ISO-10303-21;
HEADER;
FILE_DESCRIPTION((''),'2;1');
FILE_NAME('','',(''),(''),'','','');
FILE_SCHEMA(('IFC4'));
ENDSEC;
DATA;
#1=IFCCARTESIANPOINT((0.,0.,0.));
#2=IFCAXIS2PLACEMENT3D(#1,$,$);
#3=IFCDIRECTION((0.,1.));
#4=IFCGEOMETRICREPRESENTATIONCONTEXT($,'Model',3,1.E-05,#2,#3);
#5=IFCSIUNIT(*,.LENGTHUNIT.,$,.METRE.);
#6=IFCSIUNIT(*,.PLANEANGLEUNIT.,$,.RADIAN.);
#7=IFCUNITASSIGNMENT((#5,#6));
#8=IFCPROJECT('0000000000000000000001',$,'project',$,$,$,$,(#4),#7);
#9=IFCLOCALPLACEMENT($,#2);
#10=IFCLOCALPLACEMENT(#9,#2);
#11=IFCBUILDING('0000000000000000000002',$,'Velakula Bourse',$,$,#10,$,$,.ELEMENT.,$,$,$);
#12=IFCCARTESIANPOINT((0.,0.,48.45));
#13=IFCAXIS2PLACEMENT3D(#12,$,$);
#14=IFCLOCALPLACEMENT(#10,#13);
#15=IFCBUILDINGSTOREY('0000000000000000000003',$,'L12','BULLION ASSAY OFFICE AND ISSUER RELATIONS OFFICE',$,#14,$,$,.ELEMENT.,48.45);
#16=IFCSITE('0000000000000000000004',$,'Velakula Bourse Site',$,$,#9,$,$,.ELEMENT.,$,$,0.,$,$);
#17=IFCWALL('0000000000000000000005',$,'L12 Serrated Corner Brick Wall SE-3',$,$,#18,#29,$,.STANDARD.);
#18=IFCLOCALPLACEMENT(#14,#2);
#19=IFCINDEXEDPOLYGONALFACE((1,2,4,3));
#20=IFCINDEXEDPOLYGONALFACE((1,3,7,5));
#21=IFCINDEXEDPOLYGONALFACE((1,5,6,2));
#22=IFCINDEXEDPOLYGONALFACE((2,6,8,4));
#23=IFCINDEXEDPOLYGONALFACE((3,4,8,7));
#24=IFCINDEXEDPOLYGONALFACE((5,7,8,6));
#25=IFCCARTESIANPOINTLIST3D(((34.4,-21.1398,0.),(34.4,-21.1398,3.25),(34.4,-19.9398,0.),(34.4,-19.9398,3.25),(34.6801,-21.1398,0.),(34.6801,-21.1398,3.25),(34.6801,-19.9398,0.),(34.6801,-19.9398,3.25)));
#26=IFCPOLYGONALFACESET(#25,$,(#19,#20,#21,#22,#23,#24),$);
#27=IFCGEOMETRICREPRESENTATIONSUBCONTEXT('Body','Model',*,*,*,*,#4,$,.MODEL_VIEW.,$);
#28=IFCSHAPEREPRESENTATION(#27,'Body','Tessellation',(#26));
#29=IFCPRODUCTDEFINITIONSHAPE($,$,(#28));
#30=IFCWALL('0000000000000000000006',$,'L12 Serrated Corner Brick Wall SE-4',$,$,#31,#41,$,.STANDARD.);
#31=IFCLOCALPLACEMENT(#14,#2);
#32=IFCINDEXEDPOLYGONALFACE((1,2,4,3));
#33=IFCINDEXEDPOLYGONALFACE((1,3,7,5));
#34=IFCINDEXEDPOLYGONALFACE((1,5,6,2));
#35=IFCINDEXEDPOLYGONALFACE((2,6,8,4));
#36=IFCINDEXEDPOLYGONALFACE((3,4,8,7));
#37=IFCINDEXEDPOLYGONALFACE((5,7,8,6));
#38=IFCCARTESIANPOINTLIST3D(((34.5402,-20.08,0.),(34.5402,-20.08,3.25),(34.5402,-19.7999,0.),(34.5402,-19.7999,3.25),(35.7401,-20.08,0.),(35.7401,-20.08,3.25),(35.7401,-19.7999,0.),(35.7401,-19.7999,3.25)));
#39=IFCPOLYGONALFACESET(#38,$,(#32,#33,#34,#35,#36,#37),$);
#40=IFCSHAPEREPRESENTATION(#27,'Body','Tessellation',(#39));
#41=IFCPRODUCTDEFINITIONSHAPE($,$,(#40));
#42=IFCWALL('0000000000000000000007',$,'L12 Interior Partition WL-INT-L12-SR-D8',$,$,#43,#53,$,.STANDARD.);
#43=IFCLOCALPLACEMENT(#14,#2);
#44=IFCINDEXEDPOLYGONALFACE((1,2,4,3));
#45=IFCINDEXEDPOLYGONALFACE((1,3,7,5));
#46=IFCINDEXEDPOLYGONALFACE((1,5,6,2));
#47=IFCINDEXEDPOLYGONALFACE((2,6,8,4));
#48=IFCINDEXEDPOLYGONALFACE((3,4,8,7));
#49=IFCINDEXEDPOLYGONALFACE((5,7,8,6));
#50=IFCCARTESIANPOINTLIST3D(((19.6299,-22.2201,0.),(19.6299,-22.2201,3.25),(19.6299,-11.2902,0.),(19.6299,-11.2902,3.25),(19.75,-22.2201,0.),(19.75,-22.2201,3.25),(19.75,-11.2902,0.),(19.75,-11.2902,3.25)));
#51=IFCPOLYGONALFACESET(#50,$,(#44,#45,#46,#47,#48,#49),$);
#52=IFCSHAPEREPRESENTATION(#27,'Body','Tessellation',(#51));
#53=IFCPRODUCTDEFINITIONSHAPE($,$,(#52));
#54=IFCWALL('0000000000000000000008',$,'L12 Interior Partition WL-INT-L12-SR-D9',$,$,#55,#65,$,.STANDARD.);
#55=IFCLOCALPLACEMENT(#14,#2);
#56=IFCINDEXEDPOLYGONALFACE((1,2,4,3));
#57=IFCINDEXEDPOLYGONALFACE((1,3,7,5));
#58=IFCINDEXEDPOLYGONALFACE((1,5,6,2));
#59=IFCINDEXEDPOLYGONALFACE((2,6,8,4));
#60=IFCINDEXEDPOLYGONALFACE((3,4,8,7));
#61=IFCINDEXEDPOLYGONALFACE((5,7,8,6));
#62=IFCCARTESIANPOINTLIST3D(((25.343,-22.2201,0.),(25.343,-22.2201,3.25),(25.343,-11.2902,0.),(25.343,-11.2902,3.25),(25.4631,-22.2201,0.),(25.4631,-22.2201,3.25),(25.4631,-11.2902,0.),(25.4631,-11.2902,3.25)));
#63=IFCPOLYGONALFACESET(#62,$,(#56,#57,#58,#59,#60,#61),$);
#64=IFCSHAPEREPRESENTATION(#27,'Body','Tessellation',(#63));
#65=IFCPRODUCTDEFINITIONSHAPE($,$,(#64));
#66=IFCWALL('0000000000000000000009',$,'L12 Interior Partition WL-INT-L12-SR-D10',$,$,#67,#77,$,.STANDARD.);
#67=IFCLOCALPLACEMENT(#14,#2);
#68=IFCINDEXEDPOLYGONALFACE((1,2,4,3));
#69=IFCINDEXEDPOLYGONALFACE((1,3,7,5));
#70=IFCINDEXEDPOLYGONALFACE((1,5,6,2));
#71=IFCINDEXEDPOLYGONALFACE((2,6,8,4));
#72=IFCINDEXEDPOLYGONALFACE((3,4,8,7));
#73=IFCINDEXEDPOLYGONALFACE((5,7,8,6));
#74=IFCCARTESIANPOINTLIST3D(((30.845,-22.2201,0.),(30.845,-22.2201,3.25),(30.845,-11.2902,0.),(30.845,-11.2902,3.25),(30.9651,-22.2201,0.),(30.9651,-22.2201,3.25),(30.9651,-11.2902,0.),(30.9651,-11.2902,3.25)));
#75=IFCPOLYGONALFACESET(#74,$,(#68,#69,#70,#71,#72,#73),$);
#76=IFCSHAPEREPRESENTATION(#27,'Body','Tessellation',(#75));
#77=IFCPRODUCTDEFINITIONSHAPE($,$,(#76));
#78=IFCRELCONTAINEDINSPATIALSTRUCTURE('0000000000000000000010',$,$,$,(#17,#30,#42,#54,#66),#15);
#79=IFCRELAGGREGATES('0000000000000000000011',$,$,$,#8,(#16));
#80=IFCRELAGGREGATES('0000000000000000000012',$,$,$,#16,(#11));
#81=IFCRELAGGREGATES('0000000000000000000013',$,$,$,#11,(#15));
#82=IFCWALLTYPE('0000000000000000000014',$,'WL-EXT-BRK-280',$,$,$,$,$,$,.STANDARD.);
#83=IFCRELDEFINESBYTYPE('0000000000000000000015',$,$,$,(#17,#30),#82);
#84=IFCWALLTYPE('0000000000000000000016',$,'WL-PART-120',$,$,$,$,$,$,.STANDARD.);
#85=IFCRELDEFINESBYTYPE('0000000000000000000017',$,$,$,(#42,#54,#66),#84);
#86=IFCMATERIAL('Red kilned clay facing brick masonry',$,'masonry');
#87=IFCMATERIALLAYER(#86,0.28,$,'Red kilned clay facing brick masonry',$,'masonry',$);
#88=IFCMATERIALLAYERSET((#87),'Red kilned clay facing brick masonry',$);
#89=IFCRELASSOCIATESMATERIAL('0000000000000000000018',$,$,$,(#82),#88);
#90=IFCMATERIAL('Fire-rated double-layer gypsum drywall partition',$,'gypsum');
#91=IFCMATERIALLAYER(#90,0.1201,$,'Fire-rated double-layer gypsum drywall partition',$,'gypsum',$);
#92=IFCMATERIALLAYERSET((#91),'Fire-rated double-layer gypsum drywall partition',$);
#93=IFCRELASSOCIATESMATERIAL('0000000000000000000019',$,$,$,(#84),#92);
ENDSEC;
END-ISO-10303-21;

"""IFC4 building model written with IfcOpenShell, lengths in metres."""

from ifc_helpers import new_model, si_unit, direction, frame, frame_2d, origin, place, context, subcontext, project, spatial, rectangle, extrude, material, layer, layer_set, type_object, element, save


model = new_model("IFC4")

# Units and contexts
model_context = context("Model", 3, precision=1e-05, world=origin(), true_north=direction((0.0, 1.0)))
body_context = subcontext(model_context, "Body", "Model", "MODEL_VIEW")
ifc_project = project(units=[si_unit("LENGTHUNIT", "METRE"), si_unit("PLANEANGLEUNIT", "RADIAN")], contexts=[model_context])

# Site, building, storey
site_placement = place(None, origin())
site = spatial("IfcSite", under=ifc_project, at=site_placement, Name="Velakula Bourse Site", CompositionType="ELEMENT", RefElevation=0.0)
building_placement = place(site_placement, origin())
building = spatial("IfcBuilding", under=site, at=building_placement, Name="Velakula Bourse", CompositionType="ELEMENT")
storey_placement = place(building_placement, frame((0.0, 0.0, 48.45)))
storey = spatial("IfcBuildingStorey", under=building, at=storey_placement, Name="L12", Description="BULLION ASSAY OFFICE AND ISSUER RELATIONS OFFICE", CompositionType="ELEMENT", Elevation=48.45)

# Shared definitions
ifc_material_1 = material(Name="Red kilned clay facing brick masonry", Category="masonry")
ifc_layer_1 = layer(ifc_material_1, 0.28, Name="Red kilned clay facing brick masonry", Category="masonry")
ifc_layer_set_1 = layer_set([ifc_layer_1], Name="Red kilned clay facing brick masonry")
wall_type_1 = type_object("IfcWallType", Name="WL-EXT-BRK-280", PredefinedType="STANDARD", material=ifc_layer_set_1)

# Walls
for number, where, z_axis, x_axis, name in (
    (1, (34.54, -21.1399, 0.0), (0.0, 0.0, 1.0), (0.0, 1.0, 0.0), "L12 Serrated Corner Brick Wall SE-3"),
    (2, (34.54, -19.9399, 0.0), (0.0, 0.0, 1.0), (1.0, 0.0, 0.0), "L12 Serrated Corner Brick Wall SE-4"),
):
    element("IfcWall", number, at=place(storey_placement, frame(where, z_axis=z_axis, x_axis=x_axis)), inside=storey, type_object=wall_type_1, Name=name, PredefinedType="STANDARD", context=body_context, shape_type="SweptSolid", body=[
        extrude(rectangle(XDim=1.2, YDim=0.28, at=frame_2d((0.6001, 0.0))), origin(), (0.0, 0.0, 1.0), 3.25),
    ])
ifc_material_2 = material(Name="Fire-rated double-layer gypsum drywall partition", Category="gypsum")
ifc_layer_2 = layer(ifc_material_2, 0.1201, Name="Fire-rated double-layer gypsum drywall partition", Category="gypsum")
ifc_layer_set_2 = layer_set([ifc_layer_2], Name="Fire-rated double-layer gypsum drywall partition")
wall_type_2 = type_object("IfcWallType", Name="WL-PART-120", PredefinedType="STANDARD", material=ifc_layer_set_2)
for number, where, z_axis, x_axis, name in (
    (3, (19.6899, -22.22, 0.0), (0.0, 0.0, 1.0), (0.0, 1.0, 0.0), "L12 Interior Partition WL-INT-L12-SR-D8"),
    (4, (25.4031, -22.22, 0.0), (0.0, 0.0, 1.0), (0.0, 1.0, 0.0), "L12 Interior Partition WL-INT-L12-SR-D9"),
    (5, (30.905, -22.22, 0.0), (0.0, 0.0, 1.0), (0.0, 1.0, 0.0), "L12 Interior Partition WL-INT-L12-SR-D10"),
):
    element("IfcWall", number, at=place(storey_placement, frame(where, z_axis=z_axis, x_axis=x_axis)), inside=storey, type_object=wall_type_2, Name=name, PredefinedType="STANDARD", context=body_context, shape_type="SweptSolid", body=[
        extrude(rectangle(XDim=10.9299, YDim=0.1201, at=frame_2d((5.4648, 0.0))), origin(), (0.0, 0.0, 1.0), 3.25),
    ])

save(model, "model.ifc")
